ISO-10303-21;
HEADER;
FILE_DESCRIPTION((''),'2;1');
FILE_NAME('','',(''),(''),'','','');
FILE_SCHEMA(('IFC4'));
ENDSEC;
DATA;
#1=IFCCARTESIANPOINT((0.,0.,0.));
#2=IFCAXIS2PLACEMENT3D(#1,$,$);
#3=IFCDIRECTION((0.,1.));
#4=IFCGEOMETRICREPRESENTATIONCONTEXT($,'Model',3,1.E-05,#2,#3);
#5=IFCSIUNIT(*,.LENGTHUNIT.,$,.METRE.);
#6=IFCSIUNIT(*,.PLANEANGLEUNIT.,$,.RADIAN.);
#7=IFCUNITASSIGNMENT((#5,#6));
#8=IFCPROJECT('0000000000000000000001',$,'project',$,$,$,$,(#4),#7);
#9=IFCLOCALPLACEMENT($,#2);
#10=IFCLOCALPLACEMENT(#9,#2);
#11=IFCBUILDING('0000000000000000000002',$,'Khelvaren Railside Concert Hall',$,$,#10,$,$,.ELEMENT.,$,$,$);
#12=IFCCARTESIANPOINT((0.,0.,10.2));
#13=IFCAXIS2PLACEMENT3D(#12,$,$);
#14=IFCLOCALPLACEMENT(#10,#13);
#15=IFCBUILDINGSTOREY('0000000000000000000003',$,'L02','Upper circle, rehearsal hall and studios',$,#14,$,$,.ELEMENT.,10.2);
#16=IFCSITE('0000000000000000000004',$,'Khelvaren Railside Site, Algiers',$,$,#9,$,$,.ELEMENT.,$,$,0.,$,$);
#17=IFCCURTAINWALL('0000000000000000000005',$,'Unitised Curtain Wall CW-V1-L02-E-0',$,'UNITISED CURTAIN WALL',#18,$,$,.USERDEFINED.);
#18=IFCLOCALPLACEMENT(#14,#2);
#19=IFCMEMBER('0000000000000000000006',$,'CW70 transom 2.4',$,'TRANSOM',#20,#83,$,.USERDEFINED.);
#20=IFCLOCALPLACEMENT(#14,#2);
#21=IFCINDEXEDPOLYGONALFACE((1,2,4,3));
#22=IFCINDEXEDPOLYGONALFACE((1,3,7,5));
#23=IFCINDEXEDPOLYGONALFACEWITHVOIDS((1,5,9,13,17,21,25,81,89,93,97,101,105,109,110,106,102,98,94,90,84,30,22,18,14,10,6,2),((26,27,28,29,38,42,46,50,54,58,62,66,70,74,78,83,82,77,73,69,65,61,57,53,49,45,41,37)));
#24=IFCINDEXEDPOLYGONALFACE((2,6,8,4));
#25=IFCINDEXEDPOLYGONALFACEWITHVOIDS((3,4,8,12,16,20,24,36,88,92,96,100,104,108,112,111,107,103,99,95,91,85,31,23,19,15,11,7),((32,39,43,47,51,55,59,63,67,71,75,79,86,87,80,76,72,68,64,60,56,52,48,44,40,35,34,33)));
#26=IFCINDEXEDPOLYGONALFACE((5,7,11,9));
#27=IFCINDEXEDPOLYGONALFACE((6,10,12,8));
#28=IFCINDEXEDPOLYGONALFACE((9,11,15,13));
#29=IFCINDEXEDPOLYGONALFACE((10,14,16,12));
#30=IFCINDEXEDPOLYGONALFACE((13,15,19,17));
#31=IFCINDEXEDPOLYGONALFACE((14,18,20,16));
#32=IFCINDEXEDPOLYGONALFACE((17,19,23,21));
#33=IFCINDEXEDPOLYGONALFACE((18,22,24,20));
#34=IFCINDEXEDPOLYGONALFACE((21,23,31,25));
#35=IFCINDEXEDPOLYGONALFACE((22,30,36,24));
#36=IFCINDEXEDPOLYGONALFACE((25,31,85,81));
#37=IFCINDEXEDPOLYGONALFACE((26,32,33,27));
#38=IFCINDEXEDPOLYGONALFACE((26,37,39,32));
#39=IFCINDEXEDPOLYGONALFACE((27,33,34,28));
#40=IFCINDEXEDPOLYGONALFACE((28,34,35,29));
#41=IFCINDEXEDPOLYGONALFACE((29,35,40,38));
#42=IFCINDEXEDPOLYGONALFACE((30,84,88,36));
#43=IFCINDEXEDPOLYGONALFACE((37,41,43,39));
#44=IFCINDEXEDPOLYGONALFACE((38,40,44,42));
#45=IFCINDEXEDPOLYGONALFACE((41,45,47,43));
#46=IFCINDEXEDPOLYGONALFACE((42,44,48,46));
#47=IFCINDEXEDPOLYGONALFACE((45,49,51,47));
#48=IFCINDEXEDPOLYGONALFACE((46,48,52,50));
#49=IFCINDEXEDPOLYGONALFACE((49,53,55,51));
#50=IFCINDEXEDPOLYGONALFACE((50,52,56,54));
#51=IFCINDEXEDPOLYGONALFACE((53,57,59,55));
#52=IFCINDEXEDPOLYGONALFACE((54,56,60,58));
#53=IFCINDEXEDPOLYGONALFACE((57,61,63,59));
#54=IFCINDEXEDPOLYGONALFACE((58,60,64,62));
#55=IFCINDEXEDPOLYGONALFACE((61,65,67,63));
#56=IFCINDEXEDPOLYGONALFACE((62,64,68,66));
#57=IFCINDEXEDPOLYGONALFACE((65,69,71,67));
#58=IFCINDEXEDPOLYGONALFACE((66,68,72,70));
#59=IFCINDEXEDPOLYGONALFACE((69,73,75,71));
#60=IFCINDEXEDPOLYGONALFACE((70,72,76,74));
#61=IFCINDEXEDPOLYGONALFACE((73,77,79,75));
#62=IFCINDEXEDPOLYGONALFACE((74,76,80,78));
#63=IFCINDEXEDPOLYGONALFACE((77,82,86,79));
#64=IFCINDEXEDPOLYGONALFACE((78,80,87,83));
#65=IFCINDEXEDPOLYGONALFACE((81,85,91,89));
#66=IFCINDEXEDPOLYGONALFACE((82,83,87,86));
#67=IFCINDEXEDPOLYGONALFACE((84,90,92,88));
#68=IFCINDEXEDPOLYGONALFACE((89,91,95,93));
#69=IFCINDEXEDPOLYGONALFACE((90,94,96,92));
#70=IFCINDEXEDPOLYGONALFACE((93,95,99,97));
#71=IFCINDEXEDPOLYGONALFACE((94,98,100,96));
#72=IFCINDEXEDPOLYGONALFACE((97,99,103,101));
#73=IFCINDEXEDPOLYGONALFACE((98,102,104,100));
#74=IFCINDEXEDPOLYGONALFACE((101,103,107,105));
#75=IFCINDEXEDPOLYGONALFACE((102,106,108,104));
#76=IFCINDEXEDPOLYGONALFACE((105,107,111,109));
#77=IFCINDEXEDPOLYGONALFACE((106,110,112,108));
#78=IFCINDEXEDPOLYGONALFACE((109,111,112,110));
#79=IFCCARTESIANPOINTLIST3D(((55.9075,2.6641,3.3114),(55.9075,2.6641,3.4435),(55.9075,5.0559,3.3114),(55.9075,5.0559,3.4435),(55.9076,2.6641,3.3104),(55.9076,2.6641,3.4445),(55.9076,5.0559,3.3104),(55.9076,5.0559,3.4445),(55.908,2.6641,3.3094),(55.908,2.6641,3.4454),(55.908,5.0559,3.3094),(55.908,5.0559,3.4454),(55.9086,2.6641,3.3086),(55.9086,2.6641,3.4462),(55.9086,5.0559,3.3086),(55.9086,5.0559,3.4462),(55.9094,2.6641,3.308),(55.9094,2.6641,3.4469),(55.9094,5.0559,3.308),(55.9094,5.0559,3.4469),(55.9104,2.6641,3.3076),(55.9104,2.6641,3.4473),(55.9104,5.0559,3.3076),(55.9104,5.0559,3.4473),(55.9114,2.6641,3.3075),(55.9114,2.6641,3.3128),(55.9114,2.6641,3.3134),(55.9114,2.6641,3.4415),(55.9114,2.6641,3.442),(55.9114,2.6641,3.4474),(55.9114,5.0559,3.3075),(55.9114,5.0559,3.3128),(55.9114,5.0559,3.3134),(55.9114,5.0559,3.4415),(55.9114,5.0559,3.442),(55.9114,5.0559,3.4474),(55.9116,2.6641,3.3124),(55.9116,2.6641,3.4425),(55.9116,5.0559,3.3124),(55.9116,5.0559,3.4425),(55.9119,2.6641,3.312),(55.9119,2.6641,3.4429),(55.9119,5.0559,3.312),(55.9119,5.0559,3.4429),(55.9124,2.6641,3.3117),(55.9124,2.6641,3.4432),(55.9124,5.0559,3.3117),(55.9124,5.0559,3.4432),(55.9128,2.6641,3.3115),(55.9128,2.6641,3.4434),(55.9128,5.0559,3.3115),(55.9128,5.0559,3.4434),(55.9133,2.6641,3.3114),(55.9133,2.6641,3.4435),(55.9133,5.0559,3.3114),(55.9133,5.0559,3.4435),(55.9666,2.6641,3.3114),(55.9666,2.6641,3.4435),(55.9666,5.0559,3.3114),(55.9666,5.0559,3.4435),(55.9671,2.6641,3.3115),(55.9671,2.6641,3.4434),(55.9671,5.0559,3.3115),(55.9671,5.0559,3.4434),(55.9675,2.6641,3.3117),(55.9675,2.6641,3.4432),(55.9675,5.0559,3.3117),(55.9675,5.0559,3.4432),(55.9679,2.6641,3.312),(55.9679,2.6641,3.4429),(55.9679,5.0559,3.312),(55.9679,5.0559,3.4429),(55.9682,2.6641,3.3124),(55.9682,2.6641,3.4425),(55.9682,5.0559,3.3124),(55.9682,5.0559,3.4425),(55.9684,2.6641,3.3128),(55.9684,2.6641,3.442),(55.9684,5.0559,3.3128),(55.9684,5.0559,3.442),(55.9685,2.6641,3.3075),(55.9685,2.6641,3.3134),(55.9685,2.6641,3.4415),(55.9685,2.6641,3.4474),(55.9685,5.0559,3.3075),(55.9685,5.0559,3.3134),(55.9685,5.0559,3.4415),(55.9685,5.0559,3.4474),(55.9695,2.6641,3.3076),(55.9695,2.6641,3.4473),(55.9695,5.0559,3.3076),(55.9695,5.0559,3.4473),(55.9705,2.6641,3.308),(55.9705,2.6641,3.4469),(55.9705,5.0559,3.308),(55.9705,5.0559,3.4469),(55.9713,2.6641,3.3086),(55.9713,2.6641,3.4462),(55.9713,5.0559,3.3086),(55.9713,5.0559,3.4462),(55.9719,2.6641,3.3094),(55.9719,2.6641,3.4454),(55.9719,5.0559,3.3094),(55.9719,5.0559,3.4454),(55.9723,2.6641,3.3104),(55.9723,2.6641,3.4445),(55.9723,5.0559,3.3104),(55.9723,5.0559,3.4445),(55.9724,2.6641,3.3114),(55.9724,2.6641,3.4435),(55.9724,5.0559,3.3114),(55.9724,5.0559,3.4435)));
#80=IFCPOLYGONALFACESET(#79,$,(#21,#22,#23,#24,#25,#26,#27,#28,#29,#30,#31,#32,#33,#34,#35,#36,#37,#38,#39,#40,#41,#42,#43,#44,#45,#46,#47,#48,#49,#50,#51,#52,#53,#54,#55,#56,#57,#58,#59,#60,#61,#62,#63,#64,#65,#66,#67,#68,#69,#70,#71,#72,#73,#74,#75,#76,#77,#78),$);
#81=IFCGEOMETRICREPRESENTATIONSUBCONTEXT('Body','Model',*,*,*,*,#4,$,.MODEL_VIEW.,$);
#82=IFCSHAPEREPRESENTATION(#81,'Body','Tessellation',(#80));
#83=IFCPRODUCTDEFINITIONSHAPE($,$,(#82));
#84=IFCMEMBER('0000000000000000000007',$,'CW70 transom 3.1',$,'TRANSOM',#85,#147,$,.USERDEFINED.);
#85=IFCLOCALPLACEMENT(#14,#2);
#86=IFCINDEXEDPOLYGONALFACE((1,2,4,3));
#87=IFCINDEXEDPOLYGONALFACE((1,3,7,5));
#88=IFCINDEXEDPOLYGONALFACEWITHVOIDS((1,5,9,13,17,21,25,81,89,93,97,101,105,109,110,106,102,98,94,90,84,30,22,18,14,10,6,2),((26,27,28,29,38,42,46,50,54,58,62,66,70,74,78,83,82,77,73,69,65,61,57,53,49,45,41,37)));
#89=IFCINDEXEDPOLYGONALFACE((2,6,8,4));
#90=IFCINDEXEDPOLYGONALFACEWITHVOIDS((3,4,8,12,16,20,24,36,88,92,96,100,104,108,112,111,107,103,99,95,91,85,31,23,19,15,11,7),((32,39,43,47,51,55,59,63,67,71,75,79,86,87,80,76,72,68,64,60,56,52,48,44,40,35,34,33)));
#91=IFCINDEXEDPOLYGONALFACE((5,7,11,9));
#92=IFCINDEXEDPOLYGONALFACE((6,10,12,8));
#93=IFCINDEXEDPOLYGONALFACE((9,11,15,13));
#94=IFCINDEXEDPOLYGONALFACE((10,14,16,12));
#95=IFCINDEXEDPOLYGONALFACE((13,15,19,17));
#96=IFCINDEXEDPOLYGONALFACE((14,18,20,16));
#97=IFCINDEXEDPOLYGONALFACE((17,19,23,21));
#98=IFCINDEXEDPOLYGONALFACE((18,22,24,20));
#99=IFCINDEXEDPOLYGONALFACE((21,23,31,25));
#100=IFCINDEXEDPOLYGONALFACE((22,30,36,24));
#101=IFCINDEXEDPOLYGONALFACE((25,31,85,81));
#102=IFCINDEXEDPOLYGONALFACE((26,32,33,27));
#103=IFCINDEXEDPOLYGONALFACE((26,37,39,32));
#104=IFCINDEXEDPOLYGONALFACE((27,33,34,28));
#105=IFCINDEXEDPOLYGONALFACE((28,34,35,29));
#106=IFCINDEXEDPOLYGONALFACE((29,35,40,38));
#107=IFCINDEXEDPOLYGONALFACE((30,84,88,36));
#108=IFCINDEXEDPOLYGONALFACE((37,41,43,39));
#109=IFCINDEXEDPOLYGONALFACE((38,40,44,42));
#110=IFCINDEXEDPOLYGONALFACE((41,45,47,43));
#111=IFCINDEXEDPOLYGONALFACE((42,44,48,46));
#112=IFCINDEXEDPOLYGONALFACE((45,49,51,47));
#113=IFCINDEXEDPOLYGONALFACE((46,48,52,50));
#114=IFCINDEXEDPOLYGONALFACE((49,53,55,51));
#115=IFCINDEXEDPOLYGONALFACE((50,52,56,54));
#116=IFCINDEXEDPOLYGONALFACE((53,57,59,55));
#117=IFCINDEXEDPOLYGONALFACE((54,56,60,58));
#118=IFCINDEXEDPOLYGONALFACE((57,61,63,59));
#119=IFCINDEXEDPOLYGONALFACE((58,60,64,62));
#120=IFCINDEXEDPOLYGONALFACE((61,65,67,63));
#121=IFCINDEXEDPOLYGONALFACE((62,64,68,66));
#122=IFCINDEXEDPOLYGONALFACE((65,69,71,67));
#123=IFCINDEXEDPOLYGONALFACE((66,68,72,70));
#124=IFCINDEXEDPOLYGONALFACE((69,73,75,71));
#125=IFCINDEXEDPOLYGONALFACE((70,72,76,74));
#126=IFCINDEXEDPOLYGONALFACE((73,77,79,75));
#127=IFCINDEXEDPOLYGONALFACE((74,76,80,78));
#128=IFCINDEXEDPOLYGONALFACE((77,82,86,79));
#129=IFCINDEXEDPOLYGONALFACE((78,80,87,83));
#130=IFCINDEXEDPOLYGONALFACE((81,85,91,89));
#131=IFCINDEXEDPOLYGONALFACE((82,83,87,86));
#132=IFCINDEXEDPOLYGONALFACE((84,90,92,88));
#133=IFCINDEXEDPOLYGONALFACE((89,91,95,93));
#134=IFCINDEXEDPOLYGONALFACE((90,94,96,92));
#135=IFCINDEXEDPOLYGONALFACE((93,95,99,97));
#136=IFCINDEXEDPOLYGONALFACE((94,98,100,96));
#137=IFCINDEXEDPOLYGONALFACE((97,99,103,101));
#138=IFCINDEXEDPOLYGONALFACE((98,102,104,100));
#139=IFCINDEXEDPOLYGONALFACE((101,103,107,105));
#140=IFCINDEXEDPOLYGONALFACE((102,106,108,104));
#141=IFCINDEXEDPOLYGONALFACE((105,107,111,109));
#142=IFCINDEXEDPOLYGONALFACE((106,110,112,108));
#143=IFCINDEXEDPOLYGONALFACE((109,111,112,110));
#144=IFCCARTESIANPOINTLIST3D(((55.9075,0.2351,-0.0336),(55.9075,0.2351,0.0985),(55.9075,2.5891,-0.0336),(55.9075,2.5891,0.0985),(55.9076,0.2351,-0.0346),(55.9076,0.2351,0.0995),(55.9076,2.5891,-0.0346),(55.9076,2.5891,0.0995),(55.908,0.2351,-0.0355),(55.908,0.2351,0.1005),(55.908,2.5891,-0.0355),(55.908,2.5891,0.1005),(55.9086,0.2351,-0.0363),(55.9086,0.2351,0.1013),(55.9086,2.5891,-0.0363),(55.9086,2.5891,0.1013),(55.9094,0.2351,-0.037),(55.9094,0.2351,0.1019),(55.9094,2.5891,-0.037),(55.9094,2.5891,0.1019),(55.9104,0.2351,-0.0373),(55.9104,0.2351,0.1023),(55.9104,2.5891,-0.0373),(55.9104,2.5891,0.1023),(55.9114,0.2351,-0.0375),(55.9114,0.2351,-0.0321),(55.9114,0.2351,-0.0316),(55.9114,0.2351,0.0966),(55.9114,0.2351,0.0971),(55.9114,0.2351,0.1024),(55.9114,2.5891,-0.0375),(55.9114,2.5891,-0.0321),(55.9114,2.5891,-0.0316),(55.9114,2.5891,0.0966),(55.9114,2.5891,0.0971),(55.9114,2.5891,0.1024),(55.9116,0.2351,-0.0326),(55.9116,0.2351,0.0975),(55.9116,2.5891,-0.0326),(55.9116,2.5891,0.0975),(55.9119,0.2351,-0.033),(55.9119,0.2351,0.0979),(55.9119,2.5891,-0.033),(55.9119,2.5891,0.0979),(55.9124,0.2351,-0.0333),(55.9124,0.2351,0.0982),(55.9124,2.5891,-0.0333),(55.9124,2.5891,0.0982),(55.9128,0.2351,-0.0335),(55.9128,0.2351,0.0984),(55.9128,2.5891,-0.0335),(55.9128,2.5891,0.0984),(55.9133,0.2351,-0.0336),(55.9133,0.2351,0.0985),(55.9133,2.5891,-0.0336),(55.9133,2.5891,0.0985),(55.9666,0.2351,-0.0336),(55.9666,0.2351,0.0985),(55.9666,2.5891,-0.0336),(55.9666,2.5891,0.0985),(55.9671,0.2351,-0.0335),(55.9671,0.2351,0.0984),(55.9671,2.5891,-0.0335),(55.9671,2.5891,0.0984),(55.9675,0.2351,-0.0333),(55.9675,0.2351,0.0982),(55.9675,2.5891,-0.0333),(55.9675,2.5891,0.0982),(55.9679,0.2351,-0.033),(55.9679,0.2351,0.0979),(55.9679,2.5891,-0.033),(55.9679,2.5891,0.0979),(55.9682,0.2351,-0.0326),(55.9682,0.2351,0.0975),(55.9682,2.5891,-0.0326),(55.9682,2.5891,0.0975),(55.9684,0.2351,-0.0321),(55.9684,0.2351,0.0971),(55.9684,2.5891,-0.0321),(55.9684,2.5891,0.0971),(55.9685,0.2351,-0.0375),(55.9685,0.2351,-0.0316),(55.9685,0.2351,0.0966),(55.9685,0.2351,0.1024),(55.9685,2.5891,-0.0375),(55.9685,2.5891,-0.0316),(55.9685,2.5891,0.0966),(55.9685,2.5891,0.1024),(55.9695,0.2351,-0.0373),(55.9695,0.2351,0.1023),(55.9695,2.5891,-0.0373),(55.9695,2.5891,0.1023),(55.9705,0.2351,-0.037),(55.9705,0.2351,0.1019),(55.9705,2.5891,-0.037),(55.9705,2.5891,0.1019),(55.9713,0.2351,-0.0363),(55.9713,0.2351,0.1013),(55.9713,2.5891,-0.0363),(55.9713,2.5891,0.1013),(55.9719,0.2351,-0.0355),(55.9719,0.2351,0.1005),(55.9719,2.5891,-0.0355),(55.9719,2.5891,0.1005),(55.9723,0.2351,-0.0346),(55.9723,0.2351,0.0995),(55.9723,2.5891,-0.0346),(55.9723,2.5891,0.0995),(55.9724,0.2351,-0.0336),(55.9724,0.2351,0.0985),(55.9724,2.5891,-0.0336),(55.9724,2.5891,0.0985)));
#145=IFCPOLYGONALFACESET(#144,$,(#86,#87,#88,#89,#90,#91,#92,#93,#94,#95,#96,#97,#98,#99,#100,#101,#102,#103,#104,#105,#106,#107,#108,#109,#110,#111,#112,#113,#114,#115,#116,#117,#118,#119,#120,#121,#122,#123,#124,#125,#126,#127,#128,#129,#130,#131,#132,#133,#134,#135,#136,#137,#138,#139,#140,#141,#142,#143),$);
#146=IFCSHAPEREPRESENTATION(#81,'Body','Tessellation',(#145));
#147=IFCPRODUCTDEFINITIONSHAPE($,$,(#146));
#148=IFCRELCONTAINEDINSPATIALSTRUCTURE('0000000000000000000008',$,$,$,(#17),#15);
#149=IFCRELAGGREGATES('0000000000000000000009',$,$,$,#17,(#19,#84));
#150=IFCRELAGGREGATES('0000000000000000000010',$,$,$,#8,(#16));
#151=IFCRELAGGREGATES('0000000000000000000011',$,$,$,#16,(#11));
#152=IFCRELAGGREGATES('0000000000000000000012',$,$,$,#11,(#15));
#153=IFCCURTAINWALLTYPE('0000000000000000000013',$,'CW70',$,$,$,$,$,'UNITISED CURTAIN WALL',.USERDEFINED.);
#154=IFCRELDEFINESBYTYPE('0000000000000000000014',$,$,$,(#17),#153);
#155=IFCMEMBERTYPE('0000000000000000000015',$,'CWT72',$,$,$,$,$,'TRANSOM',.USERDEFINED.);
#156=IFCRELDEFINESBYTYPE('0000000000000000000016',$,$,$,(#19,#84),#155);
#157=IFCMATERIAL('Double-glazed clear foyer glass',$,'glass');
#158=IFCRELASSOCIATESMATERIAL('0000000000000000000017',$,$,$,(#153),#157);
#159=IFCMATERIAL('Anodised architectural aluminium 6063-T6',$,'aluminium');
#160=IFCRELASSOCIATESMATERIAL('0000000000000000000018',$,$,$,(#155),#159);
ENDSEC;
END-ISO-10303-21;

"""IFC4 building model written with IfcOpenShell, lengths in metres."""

from ifc_helpers import new_model, si_unit, direction, frame, origin, origin_2d, place, context, subcontext, project, spatial, hollow_rectangle, extrude, material, material_profile, profile_set, type_object, element, aggregate, save


model = new_model("IFC4")

# Units and contexts
model_context = context("Model", 3, precision=1e-05, world=origin(), true_north=direction((0.0, 1.0)))
body_context = subcontext(model_context, "Body", "Model", "MODEL_VIEW")
ifc_project = project(units=[si_unit("LENGTHUNIT", "METRE"), si_unit("PLANEANGLEUNIT", "RADIAN")], contexts=[model_context])

# Site, building, storey
site_placement = place(None, origin())
site = spatial("IfcSite", under=ifc_project, at=site_placement, Name="Khelvaren Railside Site, Algiers", CompositionType="ELEMENT", RefElevation=0.0)
building_placement = place(site_placement, origin())
building = spatial("IfcBuilding", under=site, at=building_placement, Name="Khelvaren Railside Concert Hall", CompositionType="ELEMENT")
storey_placement = place(building_placement, frame((0.0, 0.0, 10.2)))
storey = spatial("IfcBuildingStorey", under=building, at=storey_placement, Name="L02", Description="Upper circle, rehearsal hall and studios", CompositionType="ELEMENT", Elevation=10.2)

# Curtain wall, members
ifc_material_1 = material(Name="Double-glazed clear foyer glass", Category="glass")
curtain_wall_type = type_object("IfcCurtainWallType", Name="CW70", ElementType="UNITISED CURTAIN WALL", PredefinedType="USERDEFINED", material=ifc_material_1)
curtain_wall_placement = place(storey_placement, origin())
curtain_wall = element("IfcCurtainWall", 1, at=curtain_wall_placement, inside=storey, type_object=curtain_wall_type, Name="Unitised Curtain Wall CW-V1-L02-E-0", ObjectType="UNITISED CURTAIN WALL", PredefinedType="USERDEFINED")
ifc_material_2 = material(Name="Anodised architectural aluminium 6063-T6", Category="aluminium")
ifc_material_profile_1 = material_profile(ifc_material_2, hollow_rectangle(XDim=0.0649, YDim=0.1399, WallThickness=0.0039, InnerFilletRadius=0.002, OuterFilletRadius=0.0039, at=origin_2d()), Name="CWT 65x140x4")
ifc_profile_set_1 = profile_set([ifc_material_profile_1], Name="Anodised architectural aluminium 6063-T6")
member_type_1 = type_object("IfcMemberType", Name="CWT72", ElementType="TRANSOM", PredefinedType="USERDEFINED", material=ifc_profile_set_1)
member_1_placement = place(storey_placement, frame((55.9399, 5.0559, 3.3774), z_axis=(0.0, -1.0, 0.0), x_axis=(1.0, 0.0, 0.0)))
member_1 = element("IfcMember", 2, at=member_1_placement, type_object=member_type_1, Name="CW70 transom 2.4", ObjectType="TRANSOM", PredefinedType="USERDEFINED", context=body_context, shape_type="SweptSolid", body=[
    extrude(hollow_rectangle(XDim=0.0649, YDim=0.1399, WallThickness=0.0039, InnerFilletRadius=0.002, OuterFilletRadius=0.0039, at=origin_2d()), origin(), (0.0, 0.0, 1.0), 2.3918),
])
member_2_placement = place(storey_placement, frame((55.9399, 2.5891, 0.0325), z_axis=(0.0, -1.0, 0.0), x_axis=(1.0, 0.0, 0.0)))
member_2 = element("IfcMember", 3, at=member_2_placement, type_object=member_type_1, Name="CW70 transom 3.1", ObjectType="TRANSOM", PredefinedType="USERDEFINED", context=body_context, shape_type="SweptSolid", body=[
    extrude(hollow_rectangle(XDim=0.0649, YDim=0.1399, WallThickness=0.0039, InnerFilletRadius=0.002, OuterFilletRadius=0.0039, at=origin_2d()), origin(), (0.0, 0.0, 1.0), 2.354),
])
aggregate(curtain_wall, [member_1, member_2])

save(model, "model.ifc")
